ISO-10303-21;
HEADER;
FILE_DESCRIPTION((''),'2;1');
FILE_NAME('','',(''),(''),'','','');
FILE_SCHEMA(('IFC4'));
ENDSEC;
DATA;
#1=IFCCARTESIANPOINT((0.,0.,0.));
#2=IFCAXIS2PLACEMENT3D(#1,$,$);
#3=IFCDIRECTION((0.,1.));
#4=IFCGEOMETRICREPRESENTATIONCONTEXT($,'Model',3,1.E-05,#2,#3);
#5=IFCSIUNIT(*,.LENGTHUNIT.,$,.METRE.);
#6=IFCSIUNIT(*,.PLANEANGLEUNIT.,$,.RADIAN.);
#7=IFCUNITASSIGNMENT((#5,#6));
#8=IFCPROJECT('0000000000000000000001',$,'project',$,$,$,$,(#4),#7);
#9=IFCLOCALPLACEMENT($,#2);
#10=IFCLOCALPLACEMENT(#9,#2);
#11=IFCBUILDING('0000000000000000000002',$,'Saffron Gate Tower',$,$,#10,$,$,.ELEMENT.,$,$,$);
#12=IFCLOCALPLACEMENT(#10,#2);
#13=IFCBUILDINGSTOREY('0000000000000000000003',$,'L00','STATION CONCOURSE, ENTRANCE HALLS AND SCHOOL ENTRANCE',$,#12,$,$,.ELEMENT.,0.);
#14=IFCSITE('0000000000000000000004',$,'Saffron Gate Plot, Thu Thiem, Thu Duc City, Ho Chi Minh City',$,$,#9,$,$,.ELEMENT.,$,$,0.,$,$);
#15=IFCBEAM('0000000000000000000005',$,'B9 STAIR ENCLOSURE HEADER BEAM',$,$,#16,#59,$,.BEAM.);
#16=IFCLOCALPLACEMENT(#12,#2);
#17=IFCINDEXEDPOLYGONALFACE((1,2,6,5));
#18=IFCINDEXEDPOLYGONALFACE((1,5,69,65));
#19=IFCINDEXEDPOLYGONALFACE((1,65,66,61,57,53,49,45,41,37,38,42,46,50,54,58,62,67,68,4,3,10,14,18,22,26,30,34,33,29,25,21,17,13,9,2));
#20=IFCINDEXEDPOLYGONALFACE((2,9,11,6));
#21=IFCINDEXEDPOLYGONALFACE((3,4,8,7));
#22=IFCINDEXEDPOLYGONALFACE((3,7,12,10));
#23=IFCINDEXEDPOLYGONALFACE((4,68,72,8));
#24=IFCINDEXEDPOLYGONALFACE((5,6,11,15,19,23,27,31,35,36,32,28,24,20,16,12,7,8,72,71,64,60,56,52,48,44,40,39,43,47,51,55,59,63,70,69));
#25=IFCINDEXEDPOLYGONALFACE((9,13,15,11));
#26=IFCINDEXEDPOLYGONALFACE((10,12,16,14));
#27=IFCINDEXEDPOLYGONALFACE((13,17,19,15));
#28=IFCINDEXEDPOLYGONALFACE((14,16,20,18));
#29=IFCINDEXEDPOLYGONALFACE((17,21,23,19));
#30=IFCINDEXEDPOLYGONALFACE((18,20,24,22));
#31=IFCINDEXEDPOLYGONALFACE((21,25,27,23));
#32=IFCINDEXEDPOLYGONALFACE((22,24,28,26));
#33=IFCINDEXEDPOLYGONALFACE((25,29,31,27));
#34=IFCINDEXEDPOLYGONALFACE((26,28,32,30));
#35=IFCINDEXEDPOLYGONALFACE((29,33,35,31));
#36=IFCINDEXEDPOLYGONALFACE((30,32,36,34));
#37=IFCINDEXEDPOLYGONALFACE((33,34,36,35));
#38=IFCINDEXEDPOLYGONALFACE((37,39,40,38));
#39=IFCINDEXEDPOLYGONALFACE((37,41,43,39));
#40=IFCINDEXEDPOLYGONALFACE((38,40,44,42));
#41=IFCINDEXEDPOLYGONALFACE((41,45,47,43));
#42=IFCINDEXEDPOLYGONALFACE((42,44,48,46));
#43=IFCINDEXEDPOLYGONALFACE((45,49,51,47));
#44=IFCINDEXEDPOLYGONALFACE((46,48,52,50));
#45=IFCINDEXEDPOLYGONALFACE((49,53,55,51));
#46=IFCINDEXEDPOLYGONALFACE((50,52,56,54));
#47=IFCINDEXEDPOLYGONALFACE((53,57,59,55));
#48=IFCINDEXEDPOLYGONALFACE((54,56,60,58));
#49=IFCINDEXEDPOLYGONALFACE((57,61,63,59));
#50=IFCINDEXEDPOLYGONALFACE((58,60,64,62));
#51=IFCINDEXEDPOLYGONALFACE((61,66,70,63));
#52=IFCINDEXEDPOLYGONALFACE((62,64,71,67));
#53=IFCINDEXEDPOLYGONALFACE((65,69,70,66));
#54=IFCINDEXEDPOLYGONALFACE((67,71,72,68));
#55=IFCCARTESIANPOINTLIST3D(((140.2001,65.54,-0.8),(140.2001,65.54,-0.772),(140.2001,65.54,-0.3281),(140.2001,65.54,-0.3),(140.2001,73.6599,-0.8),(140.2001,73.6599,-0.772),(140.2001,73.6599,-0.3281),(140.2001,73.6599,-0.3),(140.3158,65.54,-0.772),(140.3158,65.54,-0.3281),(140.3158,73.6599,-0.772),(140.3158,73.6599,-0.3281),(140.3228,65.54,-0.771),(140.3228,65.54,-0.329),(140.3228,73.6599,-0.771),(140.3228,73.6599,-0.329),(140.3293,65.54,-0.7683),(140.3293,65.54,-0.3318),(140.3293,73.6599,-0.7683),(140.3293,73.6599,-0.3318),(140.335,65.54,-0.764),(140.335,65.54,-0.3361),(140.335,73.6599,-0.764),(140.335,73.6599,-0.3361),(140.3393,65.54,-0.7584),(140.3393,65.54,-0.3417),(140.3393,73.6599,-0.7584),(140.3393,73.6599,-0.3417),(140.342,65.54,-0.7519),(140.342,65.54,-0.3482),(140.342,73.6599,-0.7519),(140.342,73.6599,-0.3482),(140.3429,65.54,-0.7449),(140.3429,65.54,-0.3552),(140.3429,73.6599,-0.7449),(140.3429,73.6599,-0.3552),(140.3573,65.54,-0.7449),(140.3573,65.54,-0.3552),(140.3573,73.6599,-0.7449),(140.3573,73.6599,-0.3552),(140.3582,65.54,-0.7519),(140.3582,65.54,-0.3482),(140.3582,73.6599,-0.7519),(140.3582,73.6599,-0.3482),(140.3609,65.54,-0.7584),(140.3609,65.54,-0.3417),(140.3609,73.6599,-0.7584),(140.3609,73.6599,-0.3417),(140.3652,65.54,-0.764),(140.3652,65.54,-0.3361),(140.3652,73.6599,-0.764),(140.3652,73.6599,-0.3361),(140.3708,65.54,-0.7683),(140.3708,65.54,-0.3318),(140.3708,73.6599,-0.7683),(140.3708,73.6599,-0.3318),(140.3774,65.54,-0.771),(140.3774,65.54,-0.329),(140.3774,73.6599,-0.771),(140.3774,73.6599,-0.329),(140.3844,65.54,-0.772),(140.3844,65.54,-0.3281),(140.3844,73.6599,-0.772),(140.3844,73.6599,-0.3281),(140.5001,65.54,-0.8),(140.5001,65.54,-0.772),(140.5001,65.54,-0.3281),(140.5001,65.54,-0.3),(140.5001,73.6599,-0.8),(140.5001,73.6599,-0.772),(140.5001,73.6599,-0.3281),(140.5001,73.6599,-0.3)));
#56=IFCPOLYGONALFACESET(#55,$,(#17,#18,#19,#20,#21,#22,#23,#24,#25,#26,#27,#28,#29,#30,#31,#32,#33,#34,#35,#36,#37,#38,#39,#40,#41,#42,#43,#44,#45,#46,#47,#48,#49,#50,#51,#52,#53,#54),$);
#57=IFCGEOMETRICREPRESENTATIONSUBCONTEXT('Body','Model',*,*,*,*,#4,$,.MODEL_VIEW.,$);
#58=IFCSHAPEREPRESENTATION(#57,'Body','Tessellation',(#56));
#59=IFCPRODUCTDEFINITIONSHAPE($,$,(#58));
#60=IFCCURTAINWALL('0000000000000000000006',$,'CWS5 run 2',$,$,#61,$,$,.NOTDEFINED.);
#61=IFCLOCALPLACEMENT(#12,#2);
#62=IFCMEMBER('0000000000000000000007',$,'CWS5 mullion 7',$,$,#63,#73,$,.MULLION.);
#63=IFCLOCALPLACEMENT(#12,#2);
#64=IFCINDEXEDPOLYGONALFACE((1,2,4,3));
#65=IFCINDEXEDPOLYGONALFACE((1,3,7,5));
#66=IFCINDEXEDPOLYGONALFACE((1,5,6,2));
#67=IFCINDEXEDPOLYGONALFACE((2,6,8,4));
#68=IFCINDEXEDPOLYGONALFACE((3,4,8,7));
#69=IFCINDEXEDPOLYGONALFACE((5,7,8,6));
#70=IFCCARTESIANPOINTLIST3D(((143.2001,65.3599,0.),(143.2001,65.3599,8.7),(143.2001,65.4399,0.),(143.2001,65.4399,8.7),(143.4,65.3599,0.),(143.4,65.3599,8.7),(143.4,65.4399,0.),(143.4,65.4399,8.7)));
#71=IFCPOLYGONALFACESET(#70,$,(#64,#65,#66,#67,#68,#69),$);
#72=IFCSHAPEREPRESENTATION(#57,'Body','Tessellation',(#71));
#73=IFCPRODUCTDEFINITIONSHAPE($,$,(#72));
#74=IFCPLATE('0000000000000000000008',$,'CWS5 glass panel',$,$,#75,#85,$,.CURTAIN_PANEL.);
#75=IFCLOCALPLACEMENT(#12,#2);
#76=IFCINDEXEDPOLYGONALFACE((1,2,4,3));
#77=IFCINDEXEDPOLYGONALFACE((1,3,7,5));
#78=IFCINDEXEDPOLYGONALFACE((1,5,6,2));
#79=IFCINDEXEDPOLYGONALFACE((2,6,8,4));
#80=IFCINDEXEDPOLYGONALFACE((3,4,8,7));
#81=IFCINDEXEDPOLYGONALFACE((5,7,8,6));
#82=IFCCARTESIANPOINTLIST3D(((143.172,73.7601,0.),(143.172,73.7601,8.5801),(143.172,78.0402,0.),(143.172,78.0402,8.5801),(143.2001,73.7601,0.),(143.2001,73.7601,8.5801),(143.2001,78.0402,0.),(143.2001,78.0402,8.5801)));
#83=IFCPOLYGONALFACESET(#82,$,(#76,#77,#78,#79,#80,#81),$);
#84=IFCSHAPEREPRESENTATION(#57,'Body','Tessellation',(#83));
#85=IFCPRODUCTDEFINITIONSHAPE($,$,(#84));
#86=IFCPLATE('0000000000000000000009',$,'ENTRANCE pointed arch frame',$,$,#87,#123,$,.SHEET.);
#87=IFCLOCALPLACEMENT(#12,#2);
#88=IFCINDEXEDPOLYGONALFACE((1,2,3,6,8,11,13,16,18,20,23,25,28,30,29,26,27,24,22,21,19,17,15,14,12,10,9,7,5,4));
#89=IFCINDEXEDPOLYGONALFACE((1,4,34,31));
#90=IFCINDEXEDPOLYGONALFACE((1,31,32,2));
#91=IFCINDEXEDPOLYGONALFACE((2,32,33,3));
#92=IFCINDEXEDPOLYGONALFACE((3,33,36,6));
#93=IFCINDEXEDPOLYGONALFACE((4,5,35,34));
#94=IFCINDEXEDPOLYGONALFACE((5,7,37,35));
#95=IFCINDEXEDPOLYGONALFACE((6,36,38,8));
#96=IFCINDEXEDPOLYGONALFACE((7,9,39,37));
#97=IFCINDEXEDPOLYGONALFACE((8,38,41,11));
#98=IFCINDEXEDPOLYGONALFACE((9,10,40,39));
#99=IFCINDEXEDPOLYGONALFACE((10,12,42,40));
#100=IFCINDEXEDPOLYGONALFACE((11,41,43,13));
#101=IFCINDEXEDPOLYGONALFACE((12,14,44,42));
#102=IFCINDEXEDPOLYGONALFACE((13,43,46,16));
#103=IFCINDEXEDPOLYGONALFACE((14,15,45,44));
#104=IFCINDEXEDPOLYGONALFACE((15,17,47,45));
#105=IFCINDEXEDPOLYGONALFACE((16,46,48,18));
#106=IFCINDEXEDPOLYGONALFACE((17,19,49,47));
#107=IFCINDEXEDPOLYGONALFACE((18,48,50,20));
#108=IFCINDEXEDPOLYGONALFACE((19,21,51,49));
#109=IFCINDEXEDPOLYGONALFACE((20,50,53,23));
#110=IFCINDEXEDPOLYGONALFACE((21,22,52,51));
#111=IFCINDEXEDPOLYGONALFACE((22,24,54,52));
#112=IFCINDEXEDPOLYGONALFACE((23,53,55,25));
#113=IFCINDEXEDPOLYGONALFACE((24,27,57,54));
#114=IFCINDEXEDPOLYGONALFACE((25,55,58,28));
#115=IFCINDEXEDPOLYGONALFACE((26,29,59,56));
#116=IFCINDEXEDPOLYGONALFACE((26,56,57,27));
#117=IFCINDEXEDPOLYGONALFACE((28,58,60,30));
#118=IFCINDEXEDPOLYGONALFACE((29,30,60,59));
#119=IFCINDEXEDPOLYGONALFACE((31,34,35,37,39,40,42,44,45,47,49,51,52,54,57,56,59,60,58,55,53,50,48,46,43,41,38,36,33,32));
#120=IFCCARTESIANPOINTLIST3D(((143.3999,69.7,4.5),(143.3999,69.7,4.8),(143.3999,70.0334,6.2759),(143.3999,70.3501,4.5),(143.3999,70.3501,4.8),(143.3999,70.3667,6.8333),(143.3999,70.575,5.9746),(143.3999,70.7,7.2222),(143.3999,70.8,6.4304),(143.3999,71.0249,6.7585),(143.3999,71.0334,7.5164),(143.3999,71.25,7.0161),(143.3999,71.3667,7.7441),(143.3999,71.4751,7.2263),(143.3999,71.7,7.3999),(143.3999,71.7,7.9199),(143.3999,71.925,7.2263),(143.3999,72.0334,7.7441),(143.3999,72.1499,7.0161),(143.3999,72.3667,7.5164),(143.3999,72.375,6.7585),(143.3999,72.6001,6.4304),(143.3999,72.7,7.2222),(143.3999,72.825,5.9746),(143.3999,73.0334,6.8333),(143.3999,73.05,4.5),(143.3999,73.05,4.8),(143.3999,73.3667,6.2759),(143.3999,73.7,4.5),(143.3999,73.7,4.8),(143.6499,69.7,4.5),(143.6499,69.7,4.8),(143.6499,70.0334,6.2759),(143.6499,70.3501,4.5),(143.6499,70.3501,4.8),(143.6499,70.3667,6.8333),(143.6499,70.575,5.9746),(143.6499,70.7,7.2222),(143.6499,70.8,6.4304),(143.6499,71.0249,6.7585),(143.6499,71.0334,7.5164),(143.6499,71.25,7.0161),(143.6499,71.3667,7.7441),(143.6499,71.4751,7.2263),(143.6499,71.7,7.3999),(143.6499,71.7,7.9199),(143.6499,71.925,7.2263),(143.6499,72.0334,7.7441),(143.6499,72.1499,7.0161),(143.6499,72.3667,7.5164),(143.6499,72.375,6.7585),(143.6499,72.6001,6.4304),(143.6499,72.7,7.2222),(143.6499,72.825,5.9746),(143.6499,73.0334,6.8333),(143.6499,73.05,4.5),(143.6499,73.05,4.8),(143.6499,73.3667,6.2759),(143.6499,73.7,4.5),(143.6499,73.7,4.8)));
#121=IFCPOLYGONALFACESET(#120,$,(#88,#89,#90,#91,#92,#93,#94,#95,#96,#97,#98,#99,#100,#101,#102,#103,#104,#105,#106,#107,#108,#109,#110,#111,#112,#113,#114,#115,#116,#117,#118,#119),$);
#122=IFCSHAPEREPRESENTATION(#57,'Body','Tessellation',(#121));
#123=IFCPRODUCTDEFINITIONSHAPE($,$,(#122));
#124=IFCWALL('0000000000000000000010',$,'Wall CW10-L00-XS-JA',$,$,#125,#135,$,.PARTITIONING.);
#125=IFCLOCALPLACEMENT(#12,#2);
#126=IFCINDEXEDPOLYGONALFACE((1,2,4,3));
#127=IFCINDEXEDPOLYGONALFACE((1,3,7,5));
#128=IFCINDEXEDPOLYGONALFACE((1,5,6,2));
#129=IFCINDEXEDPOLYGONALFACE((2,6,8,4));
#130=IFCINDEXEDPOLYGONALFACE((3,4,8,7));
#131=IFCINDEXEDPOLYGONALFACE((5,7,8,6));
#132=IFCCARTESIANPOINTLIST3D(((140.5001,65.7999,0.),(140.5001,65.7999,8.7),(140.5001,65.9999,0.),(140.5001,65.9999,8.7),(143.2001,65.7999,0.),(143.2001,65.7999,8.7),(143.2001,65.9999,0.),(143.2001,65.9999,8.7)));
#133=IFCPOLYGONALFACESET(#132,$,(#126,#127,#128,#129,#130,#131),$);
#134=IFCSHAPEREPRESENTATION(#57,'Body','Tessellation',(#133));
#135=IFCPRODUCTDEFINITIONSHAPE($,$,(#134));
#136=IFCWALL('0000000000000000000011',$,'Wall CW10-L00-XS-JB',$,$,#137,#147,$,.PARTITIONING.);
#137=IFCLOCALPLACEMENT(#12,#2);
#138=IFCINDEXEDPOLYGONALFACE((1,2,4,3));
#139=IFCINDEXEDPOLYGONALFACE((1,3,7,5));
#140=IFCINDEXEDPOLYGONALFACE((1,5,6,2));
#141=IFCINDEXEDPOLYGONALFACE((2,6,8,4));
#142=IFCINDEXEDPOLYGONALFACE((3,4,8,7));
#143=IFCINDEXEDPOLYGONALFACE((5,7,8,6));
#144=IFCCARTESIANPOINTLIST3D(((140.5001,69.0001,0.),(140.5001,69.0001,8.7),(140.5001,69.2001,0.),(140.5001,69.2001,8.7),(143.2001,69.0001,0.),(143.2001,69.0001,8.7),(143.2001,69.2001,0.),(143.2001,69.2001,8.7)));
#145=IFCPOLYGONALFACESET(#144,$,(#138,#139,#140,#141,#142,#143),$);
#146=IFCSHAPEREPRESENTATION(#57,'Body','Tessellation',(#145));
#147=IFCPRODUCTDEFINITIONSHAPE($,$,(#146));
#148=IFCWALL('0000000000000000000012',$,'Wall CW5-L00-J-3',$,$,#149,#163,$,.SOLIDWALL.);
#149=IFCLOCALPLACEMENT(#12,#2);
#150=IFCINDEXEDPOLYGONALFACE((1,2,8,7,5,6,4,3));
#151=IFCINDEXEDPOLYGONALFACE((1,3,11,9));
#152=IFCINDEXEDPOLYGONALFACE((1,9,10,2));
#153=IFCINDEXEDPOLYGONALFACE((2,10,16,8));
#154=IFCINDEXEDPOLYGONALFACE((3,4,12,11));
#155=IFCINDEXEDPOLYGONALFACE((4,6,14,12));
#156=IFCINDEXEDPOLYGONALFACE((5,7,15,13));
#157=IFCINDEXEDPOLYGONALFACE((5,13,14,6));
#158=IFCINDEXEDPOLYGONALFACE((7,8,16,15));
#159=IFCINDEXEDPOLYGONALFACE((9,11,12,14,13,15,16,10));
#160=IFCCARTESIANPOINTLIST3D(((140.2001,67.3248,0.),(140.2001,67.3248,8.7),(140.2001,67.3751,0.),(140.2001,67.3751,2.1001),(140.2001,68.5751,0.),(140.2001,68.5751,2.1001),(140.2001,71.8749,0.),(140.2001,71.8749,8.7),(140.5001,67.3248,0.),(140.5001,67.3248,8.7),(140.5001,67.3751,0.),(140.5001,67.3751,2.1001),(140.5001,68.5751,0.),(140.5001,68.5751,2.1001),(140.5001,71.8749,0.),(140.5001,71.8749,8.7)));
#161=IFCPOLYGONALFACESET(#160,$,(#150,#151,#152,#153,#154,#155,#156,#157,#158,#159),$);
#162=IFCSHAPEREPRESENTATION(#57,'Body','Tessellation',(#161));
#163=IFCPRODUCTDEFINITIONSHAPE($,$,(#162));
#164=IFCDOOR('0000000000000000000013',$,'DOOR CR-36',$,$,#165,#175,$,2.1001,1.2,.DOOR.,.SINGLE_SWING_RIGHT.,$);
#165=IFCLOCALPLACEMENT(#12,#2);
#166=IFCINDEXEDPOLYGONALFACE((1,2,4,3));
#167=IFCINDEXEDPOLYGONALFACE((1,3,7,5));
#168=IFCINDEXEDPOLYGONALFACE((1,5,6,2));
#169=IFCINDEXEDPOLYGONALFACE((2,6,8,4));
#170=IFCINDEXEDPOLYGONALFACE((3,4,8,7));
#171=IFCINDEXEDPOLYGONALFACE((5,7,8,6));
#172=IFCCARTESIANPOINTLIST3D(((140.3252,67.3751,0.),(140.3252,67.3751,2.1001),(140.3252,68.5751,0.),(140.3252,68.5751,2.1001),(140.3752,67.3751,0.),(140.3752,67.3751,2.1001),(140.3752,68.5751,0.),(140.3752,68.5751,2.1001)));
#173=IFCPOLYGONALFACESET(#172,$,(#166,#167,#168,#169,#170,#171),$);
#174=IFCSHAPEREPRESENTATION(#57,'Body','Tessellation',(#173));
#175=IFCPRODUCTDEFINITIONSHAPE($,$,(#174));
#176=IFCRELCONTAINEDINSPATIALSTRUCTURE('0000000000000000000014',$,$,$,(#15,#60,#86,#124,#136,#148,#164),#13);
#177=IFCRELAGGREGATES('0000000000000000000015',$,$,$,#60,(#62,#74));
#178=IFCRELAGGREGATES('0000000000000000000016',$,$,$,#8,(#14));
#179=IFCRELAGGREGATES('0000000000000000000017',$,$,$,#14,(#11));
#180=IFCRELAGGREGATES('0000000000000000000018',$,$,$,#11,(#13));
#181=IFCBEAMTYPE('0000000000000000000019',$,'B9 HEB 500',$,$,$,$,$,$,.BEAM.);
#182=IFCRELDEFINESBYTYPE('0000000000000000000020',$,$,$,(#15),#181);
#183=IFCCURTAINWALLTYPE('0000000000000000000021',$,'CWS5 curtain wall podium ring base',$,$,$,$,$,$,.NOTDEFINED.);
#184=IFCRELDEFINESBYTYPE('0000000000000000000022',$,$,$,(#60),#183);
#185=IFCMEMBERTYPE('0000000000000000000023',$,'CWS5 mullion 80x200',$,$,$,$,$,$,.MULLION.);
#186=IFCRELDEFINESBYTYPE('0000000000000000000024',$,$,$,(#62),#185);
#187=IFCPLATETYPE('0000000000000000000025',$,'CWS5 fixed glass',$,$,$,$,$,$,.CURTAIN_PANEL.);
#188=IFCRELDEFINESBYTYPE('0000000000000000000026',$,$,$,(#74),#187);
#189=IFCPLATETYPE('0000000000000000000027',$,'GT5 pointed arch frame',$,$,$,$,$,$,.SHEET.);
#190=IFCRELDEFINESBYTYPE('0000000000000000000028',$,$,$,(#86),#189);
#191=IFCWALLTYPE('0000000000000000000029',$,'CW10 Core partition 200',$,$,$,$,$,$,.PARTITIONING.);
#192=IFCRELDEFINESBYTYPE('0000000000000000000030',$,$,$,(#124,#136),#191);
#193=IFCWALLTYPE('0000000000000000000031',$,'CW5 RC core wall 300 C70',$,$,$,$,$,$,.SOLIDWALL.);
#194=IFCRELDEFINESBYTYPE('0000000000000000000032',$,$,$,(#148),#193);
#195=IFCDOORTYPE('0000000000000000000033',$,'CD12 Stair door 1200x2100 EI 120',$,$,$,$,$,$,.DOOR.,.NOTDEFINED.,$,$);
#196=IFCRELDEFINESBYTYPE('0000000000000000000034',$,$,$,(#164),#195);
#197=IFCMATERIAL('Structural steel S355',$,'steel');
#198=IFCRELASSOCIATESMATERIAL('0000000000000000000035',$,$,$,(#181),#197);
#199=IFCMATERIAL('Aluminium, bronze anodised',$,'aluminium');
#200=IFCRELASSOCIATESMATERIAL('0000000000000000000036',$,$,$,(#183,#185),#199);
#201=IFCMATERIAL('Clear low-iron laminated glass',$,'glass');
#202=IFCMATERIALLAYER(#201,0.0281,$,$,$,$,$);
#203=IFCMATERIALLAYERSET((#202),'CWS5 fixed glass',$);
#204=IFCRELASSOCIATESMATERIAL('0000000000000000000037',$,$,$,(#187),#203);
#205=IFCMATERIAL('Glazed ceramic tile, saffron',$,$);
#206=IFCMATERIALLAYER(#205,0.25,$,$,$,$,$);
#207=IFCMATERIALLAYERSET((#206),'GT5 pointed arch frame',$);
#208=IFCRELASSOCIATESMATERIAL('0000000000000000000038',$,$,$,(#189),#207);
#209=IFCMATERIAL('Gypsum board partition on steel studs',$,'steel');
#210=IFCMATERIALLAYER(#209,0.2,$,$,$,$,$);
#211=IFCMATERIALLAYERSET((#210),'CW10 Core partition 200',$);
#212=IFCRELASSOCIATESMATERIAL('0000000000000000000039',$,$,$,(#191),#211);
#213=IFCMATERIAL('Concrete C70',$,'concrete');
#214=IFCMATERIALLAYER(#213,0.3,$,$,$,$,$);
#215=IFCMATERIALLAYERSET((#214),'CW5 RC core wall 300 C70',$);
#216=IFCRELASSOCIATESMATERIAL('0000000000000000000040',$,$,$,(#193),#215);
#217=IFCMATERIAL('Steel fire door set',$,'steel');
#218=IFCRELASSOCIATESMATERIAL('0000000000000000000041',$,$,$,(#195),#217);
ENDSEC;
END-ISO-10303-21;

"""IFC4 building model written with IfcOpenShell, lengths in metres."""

from ifc_helpers import new_model, si_unit, direction, frame, frame_2d, origin, origin_2d, place, context, subcontext, project, spatial, polyline, rectangle, i_section, outline, extrude, material, layer, layer_set, material_profile, profile_set, type_object, element, fill, aggregate, save


model = new_model("IFC4")

# Units and contexts
model_context = context("Model", 3, precision=1e-05, world=origin(), true_north=direction((0.0, 1.0)))
body_context = subcontext(model_context, "Body", "Model", "MODEL_VIEW")
ifc_project = project(units=[si_unit("LENGTHUNIT", "METRE"), si_unit("PLANEANGLEUNIT", "RADIAN")], contexts=[model_context])

# Site, building, storey
site_placement = place(None, origin())
site = spatial("IfcSite", under=ifc_project, at=site_placement, Name="Saffron Gate Plot, Thu Thiem, Thu Duc City, Ho Chi Minh City", CompositionType="ELEMENT", RefElevation=0.0)
building_placement = place(site_placement, origin())
building = spatial("IfcBuilding", under=site, at=building_placement, Name="Saffron Gate Tower", CompositionType="ELEMENT")
storey_placement = place(building_placement, origin())
storey = spatial("IfcBuildingStorey", under=building, at=storey_placement, Name="L00", Description="STATION CONCOURSE, ENTRANCE HALLS AND SCHOOL ENTRANCE", CompositionType="ELEMENT", Elevation=0.0)

# Beam
ifc_material_1 = material(Name="Structural steel S355", Category="steel")
ifc_material_profile_1 = material_profile(ifc_material_1, i_section(OverallWidth=0.3, OverallDepth=0.5, WebThickness=0.0144, FlangeThickness=0.0281, FilletRadius=0.0271, at=origin_2d()))
ifc_profile_set_1 = profile_set([ifc_material_profile_1], Name="Structural steel S355")
beam_type_1 = type_object("IfcBeamType", Name="B9 HEB 500", PredefinedType="BEAM", material=ifc_profile_set_1)
beam_1_placement = place(storey_placement, frame((140.3501, 65.54, -0.55), z_axis=(0.0, 1.0, 0.0), x_axis=(-1.0, 0.0, 0.0)))
element("IfcBeam", 1, at=beam_1_placement, inside=storey, type_object=beam_type_1, Name="B9 STAIR ENCLOSURE HEADER BEAM", PredefinedType="BEAM", context=body_context, shape_type="SweptSolid", body=[
    extrude(i_section(OverallWidth=0.3, OverallDepth=0.5, WebThickness=0.0144, FlangeThickness=0.0281, FilletRadius=0.0271, at=origin_2d()), origin(), (0.0, 0.0, 1.0), 8.1199),
])

# Curtain wall, member, plate
ifc_material_2 = material(Name="Aluminium, bronze anodised", Category="aluminium")
curtain_wall_type = type_object("IfcCurtainWallType", Name="CWS5 curtain wall podium ring base", PredefinedType="NOTDEFINED", material=ifc_material_2)
curtain_wall_placement = place(storey_placement, origin())
curtain_wall = element("IfcCurtainWall", 2, at=curtain_wall_placement, inside=storey, type_object=curtain_wall_type, Name="CWS5 run 2", PredefinedType="NOTDEFINED")
ifc_material_profile_2 = material_profile(ifc_material_2, rectangle(XDim=0.2, YDim=0.0801, at=origin_2d()))
ifc_profile_set_2 = profile_set([ifc_material_profile_2], Name="Aluminium, bronze anodised")
member_type = type_object("IfcMemberType", Name="CWS5 mullion 80x200", PredefinedType="MULLION", material=ifc_profile_set_2)
member_placement = place(storey_placement, frame((143.3, 65.3999, 0.0), z_axis=(0.0, 0.0, 1.0), x_axis=(-1.0, 0.0, 0.0)))
member = element("IfcMember", 3, at=member_placement, type_object=member_type, Name="CWS5 mullion 7", PredefinedType="MULLION", context=body_context, shape_type="SweptSolid", body=[
    extrude(rectangle(XDim=0.2, YDim=0.0801, at=origin_2d()), origin(), (0.0, 0.0, 1.0), 8.7),
])
ifc_material_3 = material(Name="Clear low-iron laminated glass", Category="glass")
ifc_layer_1 = layer(ifc_material_3, 0.0281)
ifc_layer_set_1 = layer_set([ifc_layer_1], Name="CWS5 fixed glass")
plate_type_1 = type_object("IfcPlateType", Name="CWS5 fixed glass", PredefinedType="CURTAIN_PANEL", material=ifc_layer_set_1)
plate_1_placement = place(storey_placement, frame((143.186, 73.76, 0.0), z_axis=(0.0, 0.0, 1.0), x_axis=(0.0, 1.0, 0.0)))
plate_1 = element("IfcPlate", 4, at=plate_1_placement, type_object=plate_type_1, Name="CWS5 glass panel", PredefinedType="CURTAIN_PANEL", context=body_context, shape_type="SweptSolid", body=[
    extrude(rectangle(XDim=4.28, YDim=0.0281, at=frame_2d((2.1401, 0.0))), origin(), (0.0, 0.0, 1.0), 8.5801),
])
aggregate(curtain_wall, [member, plate_1])

# Plate
ifc_material_4 = material(Name="Glazed ceramic tile, saffron")
ifc_layer_2 = layer(ifc_material_4, 0.25)
ifc_layer_set_2 = layer_set([ifc_layer_2], Name="GT5 pointed arch frame")
plate_type_2 = type_object("IfcPlateType", Name="GT5 pointed arch frame", PredefinedType="SHEET", material=ifc_layer_set_2)
plate_2_placement = place(storey_placement, frame((143.6499, 70.3501, 4.5), z_axis=(1.0, 0.0, 0.0), x_axis=(0.0, 0.0, 1.0)))
element("IfcPlate", 5, at=plate_2_placement, inside=storey, type_object=plate_type_2, Name="ENTRANCE pointed arch frame", PredefinedType="SHEET", context=body_context, shape_type="SweptSolid", body=[
    extrude(outline(polyline([(0.0, 0.0), (0.3, 0.0), (1.4746, -0.2249), (1.9304, -0.45), (2.2585, -0.6748), (2.5161, -0.8999), (2.7263, -1.125), (2.8999, -1.3499), (2.7263, -1.575), (2.5161, -1.7998), (2.2585, -2.0249), (1.9304, -2.25), (1.4746, -2.4749), (0.3, -2.7), (0.0, -2.7), (0.0, -3.3499), (0.3, -3.3499), (1.7759, -3.0166), (2.3333, -2.6833), (2.7222, -2.3499), (3.0164, -2.0166), (3.2441, -1.6833), (3.4199, -1.3499), (3.2441, -1.0166), (3.0164, -0.6833), (2.7222, -0.3499), (2.3333, -0.0166), (1.7759, 0.3167), (0.3, 0.6501), (0.0, 0.6501), (0.0, 0.0)])), origin(), (0.0, 0.0, -1.0), 0.25),
])

# Walls
ifc_material_5 = material(Name="Gypsum board partition on steel studs", Category="steel")
ifc_layer_3 = layer(ifc_material_5, 0.2)
ifc_layer_set_3 = layer_set([ifc_layer_3], Name="CW10 Core partition 200")
wall_type_1 = type_object("IfcWallType", Name="CW10 Core partition 200", PredefinedType="PARTITIONING", material=ifc_layer_set_3)
for number, where, z_axis, x_axis, name in (
    (6, (140.5, 65.8999, 0.0), (0.0, 0.0, 1.0), (1.0, 0.0, 0.0), "Wall CW10-L00-XS-JA"),
    (7, (140.5, 69.1001, 0.0), (0.0, 0.0, 1.0), (1.0, 0.0, 0.0), "Wall CW10-L00-XS-JB"),
):
    element("IfcWall", number, at=place(storey_placement, frame(where, z_axis=z_axis, x_axis=x_axis)), inside=storey, type_object=wall_type_1, Name=name, PredefinedType="PARTITIONING", context=body_context, shape_type="SweptSolid", body=[
        extrude(rectangle(XDim=2.7, YDim=0.2, at=frame_2d((1.3501, 0.0))), origin(), (0.0, 0.0, 1.0), 8.7),
    ])

# Wall, opening, door
ifc_material_6 = material(Name="Concrete C70", Category="concrete")
ifc_layer_4 = layer(ifc_material_6, 0.3)
ifc_layer_set_4 = layer_set([ifc_layer_4], Name="CW5 RC core wall 300 C70")
wall_type_2 = type_object("IfcWallType", Name="CW5 RC core wall 300 C70", PredefinedType="SOLIDWALL", material=ifc_layer_set_4)
wall_1_placement = place(storey_placement, frame((140.3501, 67.325, 0.0), z_axis=(0.0, 0.0, 1.0), x_axis=(0.0, 1.0, 0.0)))
wall_1 = element("IfcWall", 8, at=wall_1_placement, inside=storey, type_object=wall_type_2, Name="Wall CW5-L00-J-3", PredefinedType="SOLIDWALL", context=body_context, shape_type="SweptSolid", body=[
    extrude(rectangle(XDim=4.55, YDim=0.3, at=frame_2d((2.2749, 0.0))), origin(), (0.0, 0.0, 1.0), 8.7),
])
opening_1_placement = place(wall_1_placement, frame((0.05, 0.0, 0.0)))
opening_1 = element("IfcOpeningElement", 9, at=opening_1_placement, cuts=wall_1, PredefinedType="OPENING", context=body_context, shape_type="SweptSolid", body=[
    extrude(rectangle(XDim=1.2, YDim=2.1001, at=frame_2d((0.6001, 1.05))), frame((0.0, 0.1602, 0.0), z_axis=(0.0, -1.0, 0.0), x_axis=(1.0, 0.0, 0.0)), (0.0, 0.0, 1.0), 0.3201),
])
ifc_material_7 = material(Name="Steel fire door set", Category="steel")
door_type_1 = type_object("IfcDoorType", Name="CD12 Stair door 1200x2100 EI 120", OperationType="NOTDEFINED", PredefinedType="DOOR", material=ifc_material_7)
door_1_placement = place(opening_1_placement, origin())
door_1 = element("IfcDoor", 10, at=door_1_placement, inside=storey, type_object=door_type_1, Name="DOOR CR-36", OperationType="SINGLE_SWING_RIGHT", OverallHeight=2.1001, OverallWidth=1.2, PredefinedType="DOOR", context=body_context, shape_type="SweptSolid", body=[
    extrude(rectangle(XDim=1.2, YDim=2.1001, at=frame_2d((0.6001, 1.05))), frame((0.0, 0.0249, 0.0), z_axis=(0.0, -1.0, 0.0), x_axis=(1.0, 0.0, 0.0)), (0.0, 0.0, 1.0), 0.05),
])
fill(opening_1, door_1)

save(model, "model.ifc")
